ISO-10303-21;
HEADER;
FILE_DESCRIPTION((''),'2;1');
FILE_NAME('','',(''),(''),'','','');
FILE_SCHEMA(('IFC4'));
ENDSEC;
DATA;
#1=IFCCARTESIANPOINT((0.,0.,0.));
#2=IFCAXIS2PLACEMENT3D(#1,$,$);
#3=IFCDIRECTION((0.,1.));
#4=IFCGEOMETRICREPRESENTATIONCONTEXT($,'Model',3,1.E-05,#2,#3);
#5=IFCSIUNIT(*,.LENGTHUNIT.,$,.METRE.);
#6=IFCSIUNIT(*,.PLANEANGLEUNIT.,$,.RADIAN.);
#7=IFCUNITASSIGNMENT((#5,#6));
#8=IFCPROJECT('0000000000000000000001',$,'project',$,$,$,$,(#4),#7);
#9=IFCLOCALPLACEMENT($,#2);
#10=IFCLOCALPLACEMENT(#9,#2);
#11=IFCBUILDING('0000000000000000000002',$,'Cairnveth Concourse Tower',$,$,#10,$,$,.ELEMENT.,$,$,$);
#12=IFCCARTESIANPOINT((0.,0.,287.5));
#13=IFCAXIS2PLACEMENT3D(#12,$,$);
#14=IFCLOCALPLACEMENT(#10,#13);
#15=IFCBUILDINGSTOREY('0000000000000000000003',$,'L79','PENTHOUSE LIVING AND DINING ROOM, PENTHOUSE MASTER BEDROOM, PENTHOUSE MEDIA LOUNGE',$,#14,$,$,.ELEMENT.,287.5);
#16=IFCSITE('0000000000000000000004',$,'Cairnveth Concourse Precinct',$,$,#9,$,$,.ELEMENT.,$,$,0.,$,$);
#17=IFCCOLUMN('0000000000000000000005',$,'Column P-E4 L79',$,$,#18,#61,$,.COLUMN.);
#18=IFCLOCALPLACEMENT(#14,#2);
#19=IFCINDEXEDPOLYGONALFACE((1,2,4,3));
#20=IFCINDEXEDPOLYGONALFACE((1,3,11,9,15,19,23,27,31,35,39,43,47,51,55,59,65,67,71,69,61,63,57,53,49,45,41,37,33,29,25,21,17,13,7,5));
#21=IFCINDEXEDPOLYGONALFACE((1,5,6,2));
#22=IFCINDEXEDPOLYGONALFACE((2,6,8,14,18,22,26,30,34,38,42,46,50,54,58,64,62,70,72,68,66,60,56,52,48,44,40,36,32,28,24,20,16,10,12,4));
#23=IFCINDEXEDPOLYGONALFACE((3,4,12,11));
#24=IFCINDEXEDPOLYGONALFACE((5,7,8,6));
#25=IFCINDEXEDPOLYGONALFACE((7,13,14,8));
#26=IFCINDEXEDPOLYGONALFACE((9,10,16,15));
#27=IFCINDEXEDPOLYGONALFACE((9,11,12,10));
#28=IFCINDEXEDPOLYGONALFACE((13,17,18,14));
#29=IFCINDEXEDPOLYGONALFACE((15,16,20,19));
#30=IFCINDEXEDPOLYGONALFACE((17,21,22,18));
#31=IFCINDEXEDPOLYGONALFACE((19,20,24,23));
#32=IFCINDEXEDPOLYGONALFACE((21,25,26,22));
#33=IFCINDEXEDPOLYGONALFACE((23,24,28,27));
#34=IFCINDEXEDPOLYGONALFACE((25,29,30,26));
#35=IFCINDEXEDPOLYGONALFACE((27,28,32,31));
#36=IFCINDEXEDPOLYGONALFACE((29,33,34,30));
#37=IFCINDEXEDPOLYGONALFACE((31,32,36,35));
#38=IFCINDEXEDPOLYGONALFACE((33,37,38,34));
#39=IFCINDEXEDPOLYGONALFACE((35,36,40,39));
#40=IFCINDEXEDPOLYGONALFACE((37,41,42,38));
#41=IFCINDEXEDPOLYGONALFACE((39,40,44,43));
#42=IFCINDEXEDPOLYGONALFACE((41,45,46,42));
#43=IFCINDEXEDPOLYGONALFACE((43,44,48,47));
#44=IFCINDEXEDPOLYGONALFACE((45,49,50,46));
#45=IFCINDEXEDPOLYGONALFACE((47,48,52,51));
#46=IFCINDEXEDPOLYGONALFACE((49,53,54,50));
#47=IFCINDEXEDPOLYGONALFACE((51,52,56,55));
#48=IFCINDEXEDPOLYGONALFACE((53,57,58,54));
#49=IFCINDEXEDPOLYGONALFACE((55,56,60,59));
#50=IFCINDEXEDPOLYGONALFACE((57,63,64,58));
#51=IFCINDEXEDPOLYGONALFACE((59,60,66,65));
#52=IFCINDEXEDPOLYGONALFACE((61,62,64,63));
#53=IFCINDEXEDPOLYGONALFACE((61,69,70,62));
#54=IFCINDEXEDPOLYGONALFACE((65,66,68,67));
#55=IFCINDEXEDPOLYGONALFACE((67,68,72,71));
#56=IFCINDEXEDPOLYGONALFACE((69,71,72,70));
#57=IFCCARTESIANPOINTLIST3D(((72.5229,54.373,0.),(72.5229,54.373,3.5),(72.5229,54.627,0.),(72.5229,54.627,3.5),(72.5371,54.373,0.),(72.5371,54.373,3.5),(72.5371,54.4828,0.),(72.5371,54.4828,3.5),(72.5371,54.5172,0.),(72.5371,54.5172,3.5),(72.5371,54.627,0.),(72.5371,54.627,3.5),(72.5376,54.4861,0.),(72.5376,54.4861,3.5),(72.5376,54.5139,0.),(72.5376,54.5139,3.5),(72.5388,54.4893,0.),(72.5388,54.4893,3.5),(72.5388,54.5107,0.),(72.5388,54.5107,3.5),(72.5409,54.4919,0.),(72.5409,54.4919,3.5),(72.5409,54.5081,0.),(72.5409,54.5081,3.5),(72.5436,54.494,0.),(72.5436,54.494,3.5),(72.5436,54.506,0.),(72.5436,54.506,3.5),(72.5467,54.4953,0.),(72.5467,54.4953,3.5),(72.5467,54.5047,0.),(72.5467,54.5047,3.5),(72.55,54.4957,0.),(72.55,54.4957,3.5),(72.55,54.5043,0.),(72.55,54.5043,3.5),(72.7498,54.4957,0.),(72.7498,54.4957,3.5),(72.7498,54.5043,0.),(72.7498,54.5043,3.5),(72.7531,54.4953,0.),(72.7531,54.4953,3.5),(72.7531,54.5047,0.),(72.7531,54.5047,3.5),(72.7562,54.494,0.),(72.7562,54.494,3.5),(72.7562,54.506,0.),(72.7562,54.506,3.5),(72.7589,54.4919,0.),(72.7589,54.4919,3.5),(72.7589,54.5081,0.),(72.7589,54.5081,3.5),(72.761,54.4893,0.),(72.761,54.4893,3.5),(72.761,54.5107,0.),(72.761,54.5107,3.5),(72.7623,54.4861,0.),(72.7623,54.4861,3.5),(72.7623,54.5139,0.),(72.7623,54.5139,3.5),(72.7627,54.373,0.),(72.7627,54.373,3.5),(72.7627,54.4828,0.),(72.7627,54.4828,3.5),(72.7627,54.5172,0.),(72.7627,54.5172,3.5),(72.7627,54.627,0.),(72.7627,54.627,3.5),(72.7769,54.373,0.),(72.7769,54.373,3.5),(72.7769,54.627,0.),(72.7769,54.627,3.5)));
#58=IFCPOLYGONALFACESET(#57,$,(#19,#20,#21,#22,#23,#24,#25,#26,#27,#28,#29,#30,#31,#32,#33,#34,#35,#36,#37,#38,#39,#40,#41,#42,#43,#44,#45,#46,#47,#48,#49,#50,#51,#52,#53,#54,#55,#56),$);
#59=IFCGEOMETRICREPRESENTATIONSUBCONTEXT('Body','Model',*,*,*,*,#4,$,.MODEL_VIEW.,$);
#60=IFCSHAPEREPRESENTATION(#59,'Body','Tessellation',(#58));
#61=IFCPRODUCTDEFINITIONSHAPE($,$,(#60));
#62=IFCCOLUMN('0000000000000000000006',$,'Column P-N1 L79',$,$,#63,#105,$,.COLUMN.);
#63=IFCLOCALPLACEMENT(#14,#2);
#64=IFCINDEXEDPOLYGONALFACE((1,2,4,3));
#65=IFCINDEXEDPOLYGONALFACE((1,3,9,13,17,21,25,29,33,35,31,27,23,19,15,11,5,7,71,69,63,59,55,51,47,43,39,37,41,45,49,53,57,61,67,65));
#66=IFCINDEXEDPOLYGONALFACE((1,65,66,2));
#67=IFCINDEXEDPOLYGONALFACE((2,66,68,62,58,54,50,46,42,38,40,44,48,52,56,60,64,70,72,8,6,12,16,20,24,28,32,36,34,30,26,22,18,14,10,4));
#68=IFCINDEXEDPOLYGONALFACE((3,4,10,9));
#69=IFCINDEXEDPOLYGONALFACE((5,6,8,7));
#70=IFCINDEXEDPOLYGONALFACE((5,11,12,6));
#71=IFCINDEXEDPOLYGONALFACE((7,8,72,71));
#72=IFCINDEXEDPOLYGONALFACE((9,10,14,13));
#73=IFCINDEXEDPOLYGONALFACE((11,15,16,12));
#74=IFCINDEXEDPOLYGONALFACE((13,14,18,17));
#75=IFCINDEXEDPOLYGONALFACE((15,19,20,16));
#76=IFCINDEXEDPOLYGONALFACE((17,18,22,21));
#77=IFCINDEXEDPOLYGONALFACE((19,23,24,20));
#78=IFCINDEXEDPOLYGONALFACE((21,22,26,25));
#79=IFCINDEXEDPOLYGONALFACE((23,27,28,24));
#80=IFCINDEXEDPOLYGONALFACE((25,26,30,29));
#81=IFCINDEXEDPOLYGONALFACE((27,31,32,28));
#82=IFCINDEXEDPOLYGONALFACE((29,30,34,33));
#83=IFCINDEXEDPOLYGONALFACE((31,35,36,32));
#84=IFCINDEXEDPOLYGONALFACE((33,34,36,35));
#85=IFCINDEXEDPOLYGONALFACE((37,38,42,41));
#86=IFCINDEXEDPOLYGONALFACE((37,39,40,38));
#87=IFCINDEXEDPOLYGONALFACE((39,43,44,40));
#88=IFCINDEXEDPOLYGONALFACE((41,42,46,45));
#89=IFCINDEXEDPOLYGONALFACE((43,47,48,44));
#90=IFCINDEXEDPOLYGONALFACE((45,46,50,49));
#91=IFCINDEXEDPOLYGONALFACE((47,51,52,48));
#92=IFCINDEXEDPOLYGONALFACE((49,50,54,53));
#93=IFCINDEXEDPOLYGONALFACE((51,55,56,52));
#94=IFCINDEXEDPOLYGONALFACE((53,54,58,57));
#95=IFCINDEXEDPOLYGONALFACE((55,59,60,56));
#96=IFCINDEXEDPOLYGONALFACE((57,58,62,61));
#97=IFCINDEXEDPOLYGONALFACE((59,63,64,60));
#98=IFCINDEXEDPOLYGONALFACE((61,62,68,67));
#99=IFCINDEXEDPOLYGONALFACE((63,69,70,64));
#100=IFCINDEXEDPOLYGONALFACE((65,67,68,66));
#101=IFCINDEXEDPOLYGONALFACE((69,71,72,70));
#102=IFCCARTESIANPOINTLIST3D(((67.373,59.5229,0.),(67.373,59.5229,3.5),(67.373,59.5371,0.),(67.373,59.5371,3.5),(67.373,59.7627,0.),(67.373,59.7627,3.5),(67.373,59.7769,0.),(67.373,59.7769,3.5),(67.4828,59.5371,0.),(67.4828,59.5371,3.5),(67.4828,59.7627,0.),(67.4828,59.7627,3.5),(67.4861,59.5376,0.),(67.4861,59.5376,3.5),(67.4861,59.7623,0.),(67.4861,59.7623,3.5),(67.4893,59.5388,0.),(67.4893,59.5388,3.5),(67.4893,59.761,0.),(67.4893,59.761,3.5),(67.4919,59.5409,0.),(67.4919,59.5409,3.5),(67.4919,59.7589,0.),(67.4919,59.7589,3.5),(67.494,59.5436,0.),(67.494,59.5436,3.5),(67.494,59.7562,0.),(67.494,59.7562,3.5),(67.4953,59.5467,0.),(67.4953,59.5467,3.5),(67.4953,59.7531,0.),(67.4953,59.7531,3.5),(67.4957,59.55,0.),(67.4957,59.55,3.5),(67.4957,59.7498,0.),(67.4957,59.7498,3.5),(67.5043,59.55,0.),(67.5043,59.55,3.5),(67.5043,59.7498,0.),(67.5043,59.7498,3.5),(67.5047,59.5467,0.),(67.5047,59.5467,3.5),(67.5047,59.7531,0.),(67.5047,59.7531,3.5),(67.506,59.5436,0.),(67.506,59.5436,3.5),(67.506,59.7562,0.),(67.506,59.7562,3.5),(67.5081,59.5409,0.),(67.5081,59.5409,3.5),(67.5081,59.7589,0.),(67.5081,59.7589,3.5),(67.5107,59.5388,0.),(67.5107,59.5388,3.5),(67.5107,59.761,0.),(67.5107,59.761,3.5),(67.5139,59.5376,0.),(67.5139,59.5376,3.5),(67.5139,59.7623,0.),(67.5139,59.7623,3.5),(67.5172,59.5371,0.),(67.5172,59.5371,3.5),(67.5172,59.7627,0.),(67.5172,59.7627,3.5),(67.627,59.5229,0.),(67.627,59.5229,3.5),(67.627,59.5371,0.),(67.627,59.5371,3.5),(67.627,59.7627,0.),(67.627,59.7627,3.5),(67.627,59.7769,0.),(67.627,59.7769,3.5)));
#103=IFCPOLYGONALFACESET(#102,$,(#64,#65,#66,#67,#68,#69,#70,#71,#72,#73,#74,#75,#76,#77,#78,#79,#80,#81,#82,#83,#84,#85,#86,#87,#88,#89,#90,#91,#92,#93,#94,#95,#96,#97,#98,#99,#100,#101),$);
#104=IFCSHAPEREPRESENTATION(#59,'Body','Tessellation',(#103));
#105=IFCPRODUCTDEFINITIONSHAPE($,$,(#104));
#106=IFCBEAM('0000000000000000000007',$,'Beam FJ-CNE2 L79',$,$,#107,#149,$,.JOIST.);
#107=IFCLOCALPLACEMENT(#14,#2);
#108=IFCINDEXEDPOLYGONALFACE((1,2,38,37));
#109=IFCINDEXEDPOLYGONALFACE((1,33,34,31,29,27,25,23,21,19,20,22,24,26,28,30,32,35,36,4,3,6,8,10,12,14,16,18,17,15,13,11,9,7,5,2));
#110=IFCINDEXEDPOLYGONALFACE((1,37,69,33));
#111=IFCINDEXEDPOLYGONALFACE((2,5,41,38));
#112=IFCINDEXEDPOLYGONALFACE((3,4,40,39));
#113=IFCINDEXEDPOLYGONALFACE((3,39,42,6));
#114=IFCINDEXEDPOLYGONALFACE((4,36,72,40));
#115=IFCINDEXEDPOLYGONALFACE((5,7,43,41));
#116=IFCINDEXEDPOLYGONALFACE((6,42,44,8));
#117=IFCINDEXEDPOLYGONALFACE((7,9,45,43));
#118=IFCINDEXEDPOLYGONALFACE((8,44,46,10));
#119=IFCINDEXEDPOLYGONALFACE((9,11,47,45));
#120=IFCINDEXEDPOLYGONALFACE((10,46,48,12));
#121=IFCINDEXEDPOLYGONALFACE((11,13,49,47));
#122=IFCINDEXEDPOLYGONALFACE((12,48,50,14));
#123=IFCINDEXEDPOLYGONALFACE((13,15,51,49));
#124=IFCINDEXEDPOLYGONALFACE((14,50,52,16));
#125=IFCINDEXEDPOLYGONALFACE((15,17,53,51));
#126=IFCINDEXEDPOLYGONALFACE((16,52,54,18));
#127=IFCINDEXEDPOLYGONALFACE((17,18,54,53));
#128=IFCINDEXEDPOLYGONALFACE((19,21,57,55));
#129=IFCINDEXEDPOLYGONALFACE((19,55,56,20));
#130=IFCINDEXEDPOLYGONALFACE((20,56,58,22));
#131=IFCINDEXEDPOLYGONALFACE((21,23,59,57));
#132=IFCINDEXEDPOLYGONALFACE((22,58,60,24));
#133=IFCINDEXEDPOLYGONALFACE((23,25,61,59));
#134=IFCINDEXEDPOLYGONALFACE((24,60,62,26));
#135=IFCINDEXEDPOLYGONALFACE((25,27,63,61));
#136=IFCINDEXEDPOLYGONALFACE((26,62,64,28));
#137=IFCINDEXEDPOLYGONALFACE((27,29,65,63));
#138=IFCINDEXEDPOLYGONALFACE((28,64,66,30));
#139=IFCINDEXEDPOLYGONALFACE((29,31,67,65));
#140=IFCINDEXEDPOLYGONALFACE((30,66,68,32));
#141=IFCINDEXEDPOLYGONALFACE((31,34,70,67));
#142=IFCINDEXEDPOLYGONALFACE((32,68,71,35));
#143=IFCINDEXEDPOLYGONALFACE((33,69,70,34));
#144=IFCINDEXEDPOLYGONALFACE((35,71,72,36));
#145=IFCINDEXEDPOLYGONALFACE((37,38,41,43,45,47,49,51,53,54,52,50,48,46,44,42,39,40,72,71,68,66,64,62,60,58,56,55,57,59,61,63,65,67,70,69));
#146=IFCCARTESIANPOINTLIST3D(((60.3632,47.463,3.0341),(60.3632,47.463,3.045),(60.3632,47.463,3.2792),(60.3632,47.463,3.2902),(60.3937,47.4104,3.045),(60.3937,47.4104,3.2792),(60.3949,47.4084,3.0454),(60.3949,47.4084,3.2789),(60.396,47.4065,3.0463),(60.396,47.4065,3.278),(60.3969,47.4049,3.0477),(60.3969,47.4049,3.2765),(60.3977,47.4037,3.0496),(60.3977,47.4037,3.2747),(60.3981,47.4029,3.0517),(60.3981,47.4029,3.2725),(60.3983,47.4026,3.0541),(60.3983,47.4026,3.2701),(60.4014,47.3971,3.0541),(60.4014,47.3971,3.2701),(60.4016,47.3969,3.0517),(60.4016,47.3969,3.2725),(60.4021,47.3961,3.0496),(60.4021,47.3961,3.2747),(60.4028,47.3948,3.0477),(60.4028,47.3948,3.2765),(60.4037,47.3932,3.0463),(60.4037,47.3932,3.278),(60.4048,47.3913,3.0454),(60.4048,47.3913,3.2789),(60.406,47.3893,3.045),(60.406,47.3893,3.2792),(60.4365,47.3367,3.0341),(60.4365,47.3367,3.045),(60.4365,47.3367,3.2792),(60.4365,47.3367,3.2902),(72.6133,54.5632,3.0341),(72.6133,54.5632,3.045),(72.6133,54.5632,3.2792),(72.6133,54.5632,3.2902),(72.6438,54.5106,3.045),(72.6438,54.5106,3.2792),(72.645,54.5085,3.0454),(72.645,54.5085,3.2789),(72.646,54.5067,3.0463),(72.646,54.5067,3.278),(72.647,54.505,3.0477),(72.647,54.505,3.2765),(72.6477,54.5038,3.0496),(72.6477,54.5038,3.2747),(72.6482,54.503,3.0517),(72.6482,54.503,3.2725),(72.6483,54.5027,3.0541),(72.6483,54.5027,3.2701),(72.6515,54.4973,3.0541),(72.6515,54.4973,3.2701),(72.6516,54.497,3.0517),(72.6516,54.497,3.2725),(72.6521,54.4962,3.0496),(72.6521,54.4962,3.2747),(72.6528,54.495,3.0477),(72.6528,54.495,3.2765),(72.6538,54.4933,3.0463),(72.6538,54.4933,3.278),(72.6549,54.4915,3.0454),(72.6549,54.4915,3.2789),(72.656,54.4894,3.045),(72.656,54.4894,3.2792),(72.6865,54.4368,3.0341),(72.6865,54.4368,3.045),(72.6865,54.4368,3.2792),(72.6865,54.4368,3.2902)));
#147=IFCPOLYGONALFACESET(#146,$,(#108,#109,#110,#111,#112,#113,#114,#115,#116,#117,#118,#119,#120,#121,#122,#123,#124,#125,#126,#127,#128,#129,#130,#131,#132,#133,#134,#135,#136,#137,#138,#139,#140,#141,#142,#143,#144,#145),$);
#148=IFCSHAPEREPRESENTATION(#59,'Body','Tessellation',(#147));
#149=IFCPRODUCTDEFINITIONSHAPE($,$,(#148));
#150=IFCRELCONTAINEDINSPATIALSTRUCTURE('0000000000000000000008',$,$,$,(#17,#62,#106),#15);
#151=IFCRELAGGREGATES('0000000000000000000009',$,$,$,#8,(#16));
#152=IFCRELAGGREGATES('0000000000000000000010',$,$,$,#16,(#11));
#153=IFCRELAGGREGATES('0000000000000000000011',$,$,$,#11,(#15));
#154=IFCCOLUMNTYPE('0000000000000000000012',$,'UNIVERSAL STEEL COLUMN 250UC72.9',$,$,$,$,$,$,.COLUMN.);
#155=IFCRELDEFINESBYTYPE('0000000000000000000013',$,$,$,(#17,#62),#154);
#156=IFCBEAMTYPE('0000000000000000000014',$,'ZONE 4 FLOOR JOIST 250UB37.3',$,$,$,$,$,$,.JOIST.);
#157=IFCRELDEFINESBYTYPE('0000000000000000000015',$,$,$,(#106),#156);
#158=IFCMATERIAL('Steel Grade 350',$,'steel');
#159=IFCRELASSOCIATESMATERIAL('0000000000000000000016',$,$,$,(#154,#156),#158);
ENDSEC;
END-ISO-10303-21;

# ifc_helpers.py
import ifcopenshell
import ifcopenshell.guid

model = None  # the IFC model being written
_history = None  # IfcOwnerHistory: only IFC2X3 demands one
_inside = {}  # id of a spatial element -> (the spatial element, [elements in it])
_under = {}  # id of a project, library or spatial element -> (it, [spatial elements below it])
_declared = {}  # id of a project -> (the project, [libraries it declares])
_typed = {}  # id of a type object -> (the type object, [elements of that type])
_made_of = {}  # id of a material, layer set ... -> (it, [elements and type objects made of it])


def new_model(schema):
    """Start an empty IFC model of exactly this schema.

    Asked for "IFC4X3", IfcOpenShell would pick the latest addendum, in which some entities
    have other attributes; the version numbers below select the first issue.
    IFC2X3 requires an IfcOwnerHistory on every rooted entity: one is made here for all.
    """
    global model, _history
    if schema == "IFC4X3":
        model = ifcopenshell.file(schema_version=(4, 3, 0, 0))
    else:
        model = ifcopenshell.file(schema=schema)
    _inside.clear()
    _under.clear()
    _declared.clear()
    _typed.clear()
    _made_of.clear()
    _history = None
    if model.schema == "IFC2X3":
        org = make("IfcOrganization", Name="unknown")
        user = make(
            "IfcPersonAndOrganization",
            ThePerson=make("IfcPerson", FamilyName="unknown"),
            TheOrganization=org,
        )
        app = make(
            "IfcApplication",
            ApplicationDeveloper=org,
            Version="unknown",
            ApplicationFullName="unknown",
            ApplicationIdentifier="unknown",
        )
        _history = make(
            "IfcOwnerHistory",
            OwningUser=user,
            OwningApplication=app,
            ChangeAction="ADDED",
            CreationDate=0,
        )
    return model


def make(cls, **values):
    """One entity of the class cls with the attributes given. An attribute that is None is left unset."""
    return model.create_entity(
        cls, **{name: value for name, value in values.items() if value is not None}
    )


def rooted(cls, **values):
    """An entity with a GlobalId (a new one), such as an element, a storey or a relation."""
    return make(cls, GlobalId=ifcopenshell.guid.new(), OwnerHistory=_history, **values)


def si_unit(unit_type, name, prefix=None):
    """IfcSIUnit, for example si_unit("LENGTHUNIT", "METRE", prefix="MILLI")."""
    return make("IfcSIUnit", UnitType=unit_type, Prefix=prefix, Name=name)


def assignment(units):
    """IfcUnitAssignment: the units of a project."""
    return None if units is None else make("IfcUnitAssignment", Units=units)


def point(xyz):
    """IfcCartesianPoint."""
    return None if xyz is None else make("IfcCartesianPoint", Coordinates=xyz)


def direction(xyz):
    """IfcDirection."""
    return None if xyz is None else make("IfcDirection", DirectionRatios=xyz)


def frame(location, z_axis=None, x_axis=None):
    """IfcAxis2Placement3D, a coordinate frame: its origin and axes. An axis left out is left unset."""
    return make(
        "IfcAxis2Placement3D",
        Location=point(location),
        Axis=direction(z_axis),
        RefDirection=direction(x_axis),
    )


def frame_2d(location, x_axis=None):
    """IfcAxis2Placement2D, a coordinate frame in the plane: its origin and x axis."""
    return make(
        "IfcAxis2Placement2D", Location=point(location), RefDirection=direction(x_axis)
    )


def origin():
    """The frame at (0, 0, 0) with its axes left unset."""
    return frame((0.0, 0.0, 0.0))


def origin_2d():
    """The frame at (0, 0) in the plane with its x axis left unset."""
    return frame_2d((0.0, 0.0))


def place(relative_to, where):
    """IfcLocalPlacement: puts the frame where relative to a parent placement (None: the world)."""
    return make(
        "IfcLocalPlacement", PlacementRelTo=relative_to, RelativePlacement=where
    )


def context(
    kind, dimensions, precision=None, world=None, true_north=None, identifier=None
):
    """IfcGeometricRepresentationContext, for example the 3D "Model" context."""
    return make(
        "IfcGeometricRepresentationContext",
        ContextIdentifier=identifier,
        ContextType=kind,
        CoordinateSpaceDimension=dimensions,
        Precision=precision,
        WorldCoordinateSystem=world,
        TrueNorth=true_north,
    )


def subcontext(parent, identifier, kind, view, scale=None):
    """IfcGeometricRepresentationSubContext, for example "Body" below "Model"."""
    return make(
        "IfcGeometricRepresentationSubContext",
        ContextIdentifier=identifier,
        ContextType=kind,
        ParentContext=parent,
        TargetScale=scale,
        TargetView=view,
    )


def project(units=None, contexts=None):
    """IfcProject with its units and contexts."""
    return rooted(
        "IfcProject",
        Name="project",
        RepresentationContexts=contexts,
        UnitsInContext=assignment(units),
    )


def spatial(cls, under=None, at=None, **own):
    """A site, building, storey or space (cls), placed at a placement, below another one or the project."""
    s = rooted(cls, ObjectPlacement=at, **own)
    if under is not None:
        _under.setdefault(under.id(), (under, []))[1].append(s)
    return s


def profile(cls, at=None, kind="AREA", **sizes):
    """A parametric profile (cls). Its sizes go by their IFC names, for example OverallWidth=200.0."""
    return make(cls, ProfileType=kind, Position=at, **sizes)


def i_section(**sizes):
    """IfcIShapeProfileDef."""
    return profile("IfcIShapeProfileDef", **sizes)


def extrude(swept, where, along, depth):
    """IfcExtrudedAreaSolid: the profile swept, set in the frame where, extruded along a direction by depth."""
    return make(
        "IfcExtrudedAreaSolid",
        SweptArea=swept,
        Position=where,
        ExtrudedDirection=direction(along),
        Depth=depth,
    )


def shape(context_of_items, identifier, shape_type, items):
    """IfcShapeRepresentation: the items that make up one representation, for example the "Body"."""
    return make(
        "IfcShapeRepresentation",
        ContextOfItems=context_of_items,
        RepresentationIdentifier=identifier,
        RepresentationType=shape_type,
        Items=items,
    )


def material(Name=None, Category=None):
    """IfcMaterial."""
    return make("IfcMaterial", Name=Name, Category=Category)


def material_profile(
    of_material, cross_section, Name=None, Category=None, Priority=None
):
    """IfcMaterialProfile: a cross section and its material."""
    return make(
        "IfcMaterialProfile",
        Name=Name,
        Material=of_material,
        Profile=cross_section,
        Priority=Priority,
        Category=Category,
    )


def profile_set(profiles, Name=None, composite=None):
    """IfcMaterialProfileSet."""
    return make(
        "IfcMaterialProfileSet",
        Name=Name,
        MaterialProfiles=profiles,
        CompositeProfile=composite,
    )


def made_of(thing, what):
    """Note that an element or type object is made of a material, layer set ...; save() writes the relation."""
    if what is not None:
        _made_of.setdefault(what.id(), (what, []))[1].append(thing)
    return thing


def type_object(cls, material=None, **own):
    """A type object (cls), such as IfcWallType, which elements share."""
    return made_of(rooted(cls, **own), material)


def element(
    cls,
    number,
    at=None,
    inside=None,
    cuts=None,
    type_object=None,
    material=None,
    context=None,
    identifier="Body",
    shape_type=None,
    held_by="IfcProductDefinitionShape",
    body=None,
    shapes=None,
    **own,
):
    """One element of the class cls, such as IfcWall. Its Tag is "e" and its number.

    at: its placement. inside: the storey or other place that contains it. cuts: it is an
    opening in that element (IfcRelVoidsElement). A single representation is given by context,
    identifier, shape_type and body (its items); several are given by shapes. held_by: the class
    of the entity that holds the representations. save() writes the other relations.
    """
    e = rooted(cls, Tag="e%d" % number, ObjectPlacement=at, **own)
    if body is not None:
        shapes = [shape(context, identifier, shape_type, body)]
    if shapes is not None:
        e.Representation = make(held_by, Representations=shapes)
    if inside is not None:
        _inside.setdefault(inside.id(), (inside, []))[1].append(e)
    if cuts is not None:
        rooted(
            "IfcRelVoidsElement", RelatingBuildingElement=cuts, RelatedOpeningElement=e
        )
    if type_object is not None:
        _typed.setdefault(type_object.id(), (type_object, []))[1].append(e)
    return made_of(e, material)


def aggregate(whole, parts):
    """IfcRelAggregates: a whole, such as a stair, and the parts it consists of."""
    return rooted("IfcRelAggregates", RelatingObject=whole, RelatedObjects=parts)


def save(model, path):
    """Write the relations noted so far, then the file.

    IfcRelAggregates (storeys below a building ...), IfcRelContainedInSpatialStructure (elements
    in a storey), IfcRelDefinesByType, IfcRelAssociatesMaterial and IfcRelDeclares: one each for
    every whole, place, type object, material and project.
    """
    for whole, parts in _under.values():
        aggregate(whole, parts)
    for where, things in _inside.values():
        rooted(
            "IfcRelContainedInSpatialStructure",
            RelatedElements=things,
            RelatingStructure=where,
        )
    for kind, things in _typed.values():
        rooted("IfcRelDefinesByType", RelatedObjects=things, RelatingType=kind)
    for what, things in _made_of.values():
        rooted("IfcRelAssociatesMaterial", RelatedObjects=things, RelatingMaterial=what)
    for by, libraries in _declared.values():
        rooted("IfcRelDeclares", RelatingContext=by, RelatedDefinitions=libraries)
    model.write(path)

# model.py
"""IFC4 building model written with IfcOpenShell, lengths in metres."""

from ifc_helpers import new_model, si_unit, direction, frame, origin, origin_2d, place, context, subcontext, project, spatial, i_section, extrude, material, material_profile, profile_set, type_object, element, save


model = new_model("IFC4")

# Units and contexts
model_context = context("Model", 3, precision=1e-05, world=origin(), true_north=direction((0.0, 1.0)))
body_context = subcontext(model_context, "Body", "Model", "MODEL_VIEW")
ifc_project = project(units=[si_unit("LENGTHUNIT", "METRE"), si_unit("PLANEANGLEUNIT", "RADIAN")], contexts=[model_context])

# Site, building, storey
site_placement = place(None, origin())
site = spatial("IfcSite", under=ifc_project, at=site_placement, Name="Cairnveth Concourse Precinct", CompositionType="ELEMENT", RefElevation=0.0)
building_placement = place(site_placement, origin())
building = spatial("IfcBuilding", under=site, at=building_placement, Name="Cairnveth Concourse Tower", CompositionType="ELEMENT")
storey_placement = place(building_placement, frame((0.0, 0.0, 287.5)))
storey = spatial("IfcBuildingStorey", under=building, at=storey_placement, Name="L79", Description="PENTHOUSE LIVING AND DINING ROOM, PENTHOUSE MASTER BEDROOM, PENTHOUSE MEDIA LOUNGE", CompositionType="ELEMENT", Elevation=287.5)

# Columns
ifc_material_1 = material(Name="Steel Grade 350", Category="steel")
ifc_material_profile_1 = material_profile(ifc_material_1, i_section(OverallWidth=0.2539, OverallDepth=0.2539, WebThickness=0.0085, FlangeThickness=0.0142, FilletRadius=0.0129, at=origin_2d()), Name="250UC72.9")
ifc_profile_set_1 = profile_set([ifc_material_profile_1], Name="Steel Grade 350")
column_type = type_object("IfcColumnType", Name="UNIVERSAL STEEL COLUMN 250UC72.9", PredefinedType="COLUMN", material=ifc_profile_set_1)
for number, where, z_axis, x_axis, name in (
    (1, (72.6499, 54.5, 0.0), (0.0, 0.0, 1.0), (0.0, 1.0, 0.0), "Column P-E4 L79"),
    (2, (67.5, 59.6499, 0.0), (0.0, 0.0, 1.0), (1.0, 0.0, 0.0), "Column P-N1 L79"),
):
    element("IfcColumn", number, at=place(storey_placement, frame(where, z_axis=z_axis, x_axis=x_axis)), inside=storey, type_object=column_type, Name=name, PredefinedType="COLUMN", context=body_context, shape_type="SweptSolid", body=[
        extrude(i_section(OverallWidth=0.2539, OverallDepth=0.2539, WebThickness=0.0085, FlangeThickness=0.0142, FilletRadius=0.0129, at=origin_2d()), origin(), (0.0, 0.0, 1.0), 3.5),
    ])

# Beam
ifc_material_profile_2 = material_profile(ifc_material_1, i_section(OverallWidth=0.146, OverallDepth=0.2561, WebThickness=0.0063, FlangeThickness=0.011, FilletRadius=0.009, at=origin_2d()), Name="250UB37.3")
ifc_profile_set_2 = profile_set([ifc_material_profile_2], Name="Steel Grade 350")
beam_type_1 = type_object("IfcBeamType", Name="ZONE 4 FLOOR JOIST 250UB37.3", PredefinedType="JOIST", material=ifc_profile_set_2)
beam_1_placement = place(storey_placement, frame((72.6499, 54.5, 3.1621), z_axis=(-0.865181, -0.501459, 0.0), x_axis=(0.501459, -0.865181, 0.0)))
element("IfcBeam", 3, at=beam_1_placement, inside=storey, type_object=beam_type_1, Name="Beam FJ-CNE2 L79", PredefinedType="JOIST", context=body_context, shape_type="SweptSolid", body=[
    extrude(i_section(OverallWidth=0.146, OverallDepth=0.2561, WebThickness=0.0063, FlangeThickness=0.011, FilletRadius=0.009, at=origin_2d()), origin(), (0.0, 0.0, 1.0), 14.1589),
])

save(model, "model.ifc")
